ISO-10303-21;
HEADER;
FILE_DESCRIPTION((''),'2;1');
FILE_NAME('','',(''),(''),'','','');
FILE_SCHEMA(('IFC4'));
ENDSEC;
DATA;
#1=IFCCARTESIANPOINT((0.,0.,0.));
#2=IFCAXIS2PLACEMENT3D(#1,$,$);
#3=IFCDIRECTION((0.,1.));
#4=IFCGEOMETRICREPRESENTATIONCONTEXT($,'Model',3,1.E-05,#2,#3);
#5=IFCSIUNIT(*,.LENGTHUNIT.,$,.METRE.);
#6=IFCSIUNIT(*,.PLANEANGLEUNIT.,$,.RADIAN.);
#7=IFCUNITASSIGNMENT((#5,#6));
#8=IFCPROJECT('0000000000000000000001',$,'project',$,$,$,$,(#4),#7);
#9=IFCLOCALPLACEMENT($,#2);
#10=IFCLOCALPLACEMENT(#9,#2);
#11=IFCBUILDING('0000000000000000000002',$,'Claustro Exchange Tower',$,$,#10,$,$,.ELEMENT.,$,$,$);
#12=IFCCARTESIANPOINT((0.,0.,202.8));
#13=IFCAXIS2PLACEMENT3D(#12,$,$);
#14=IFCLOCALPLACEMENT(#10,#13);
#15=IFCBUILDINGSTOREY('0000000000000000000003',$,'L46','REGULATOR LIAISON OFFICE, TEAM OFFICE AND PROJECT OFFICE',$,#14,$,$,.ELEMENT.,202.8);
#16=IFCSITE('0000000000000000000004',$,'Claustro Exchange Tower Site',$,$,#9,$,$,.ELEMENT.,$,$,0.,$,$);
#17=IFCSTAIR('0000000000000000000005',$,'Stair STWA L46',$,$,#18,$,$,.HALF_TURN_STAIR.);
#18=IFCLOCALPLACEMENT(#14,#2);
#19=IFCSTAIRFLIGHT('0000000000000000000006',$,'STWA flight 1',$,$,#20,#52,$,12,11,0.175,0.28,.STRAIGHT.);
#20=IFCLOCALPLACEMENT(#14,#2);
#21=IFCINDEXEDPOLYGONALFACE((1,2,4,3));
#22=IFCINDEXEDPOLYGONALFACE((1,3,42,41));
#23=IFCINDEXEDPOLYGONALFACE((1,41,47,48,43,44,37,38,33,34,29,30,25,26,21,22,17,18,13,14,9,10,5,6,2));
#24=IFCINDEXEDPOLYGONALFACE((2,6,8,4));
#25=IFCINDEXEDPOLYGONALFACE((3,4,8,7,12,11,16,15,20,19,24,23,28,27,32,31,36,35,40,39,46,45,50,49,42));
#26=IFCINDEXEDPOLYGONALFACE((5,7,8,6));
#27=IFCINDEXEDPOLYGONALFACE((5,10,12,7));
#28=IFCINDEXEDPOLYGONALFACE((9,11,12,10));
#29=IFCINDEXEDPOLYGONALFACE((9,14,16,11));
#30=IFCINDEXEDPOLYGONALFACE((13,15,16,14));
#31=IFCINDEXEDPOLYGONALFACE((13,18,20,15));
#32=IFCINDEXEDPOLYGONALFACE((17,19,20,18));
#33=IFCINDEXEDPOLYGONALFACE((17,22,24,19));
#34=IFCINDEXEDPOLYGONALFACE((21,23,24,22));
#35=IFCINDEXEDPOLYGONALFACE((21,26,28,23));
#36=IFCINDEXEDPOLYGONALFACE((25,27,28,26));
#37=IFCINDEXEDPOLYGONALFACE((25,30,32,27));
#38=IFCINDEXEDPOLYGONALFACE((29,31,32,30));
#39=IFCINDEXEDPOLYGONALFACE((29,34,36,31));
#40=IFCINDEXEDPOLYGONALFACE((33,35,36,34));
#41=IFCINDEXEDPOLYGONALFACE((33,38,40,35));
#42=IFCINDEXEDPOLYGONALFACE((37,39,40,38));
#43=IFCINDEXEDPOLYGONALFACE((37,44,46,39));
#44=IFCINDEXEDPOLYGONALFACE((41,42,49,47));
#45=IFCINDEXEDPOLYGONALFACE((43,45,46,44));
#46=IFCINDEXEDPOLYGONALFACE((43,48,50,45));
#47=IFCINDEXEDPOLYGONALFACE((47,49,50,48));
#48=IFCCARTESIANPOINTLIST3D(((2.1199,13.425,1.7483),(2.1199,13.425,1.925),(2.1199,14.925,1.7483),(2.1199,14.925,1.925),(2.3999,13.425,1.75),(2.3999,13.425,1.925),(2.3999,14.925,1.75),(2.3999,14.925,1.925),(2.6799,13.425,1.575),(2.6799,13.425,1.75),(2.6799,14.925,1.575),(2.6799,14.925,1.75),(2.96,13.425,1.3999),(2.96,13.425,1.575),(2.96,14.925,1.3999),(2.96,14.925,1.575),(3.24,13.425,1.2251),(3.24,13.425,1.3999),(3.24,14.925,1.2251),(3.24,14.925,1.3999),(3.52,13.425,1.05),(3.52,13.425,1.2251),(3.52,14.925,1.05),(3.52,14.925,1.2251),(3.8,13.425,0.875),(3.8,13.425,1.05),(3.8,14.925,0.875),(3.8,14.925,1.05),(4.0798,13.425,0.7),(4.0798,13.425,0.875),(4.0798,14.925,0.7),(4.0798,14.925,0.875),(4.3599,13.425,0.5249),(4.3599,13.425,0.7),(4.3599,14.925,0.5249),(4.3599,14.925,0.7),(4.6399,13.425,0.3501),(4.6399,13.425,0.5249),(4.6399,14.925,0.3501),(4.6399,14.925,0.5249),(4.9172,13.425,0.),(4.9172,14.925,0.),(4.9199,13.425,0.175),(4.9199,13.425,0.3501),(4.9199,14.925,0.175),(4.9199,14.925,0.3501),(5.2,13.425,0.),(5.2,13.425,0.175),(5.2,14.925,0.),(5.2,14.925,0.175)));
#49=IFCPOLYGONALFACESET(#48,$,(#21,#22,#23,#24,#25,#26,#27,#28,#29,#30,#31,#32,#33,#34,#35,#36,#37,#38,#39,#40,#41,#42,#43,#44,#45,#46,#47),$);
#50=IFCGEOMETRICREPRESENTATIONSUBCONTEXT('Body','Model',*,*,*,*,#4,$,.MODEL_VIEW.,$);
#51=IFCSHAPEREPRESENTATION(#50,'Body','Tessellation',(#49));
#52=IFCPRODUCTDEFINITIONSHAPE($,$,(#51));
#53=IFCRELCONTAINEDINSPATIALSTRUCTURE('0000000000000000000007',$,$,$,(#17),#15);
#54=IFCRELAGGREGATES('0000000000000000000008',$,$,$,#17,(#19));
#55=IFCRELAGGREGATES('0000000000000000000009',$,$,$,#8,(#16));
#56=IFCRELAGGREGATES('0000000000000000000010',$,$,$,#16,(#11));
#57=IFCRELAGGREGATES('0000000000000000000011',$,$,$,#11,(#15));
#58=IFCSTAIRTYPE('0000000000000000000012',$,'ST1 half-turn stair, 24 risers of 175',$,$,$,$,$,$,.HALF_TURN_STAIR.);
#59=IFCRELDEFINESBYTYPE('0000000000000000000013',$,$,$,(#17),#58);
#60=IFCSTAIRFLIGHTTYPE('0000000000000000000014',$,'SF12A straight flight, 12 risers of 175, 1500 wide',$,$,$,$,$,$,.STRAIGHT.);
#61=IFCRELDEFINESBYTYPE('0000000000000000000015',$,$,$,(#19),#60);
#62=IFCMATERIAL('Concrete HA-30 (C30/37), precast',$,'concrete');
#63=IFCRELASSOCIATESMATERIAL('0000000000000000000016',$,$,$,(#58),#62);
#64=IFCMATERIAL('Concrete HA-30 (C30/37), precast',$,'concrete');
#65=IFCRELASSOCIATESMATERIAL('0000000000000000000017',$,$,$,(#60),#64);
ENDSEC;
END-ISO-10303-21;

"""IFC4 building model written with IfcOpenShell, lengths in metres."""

from ifc_helpers import new_model, si_unit, direction, frame, origin, place, context, subcontext, project, spatial, polyline, outline, extrude, material, type_object, element, aggregate, save


model = new_model("IFC4")

# Units and contexts
model_context = context("Model", 3, precision=1e-05, world=origin(), true_north=direction((0.0, 1.0)))
body_context = subcontext(model_context, "Body", "Model", "MODEL_VIEW")
ifc_project = project(units=[si_unit("LENGTHUNIT", "METRE"), si_unit("PLANEANGLEUNIT", "RADIAN")], contexts=[model_context])

# Site, building, storey
site_placement = place(None, origin())
site = spatial("IfcSite", under=ifc_project, at=site_placement, Name="Claustro Exchange Tower Site", CompositionType="ELEMENT", RefElevation=0.0)
building_placement = place(site_placement, origin())
building = spatial("IfcBuilding", under=site, at=building_placement, Name="Claustro Exchange Tower", CompositionType="ELEMENT")
storey_placement = place(building_placement, frame((0.0, 0.0, 202.8)))
storey = spatial("IfcBuildingStorey", under=building, at=storey_placement, Name="L46", Description="REGULATOR LIAISON OFFICE, TEAM OFFICE AND PROJECT OFFICE", CompositionType="ELEMENT", Elevation=202.8)

# Stair, stair flight
ifc_material_1 = material(Name="Concrete HA-30 (C30/37), precast", Category="concrete")
stair_type = type_object("IfcStairType", Name="ST1 half-turn stair, 24 risers of 175", PredefinedType="HALF_TURN_STAIR", material=ifc_material_1)
stair_placement = place(storey_placement, origin())
stair = element("IfcStair", 1, at=stair_placement, inside=storey, type_object=stair_type, Name="Stair STWA L46", PredefinedType="HALF_TURN_STAIR")
ifc_material_2 = material(Name="Concrete HA-30 (C30/37), precast", Category="concrete")
stair_flight_type = type_object("IfcStairFlightType", Name="SF12A straight flight, 12 risers of 175, 1500 wide", PredefinedType="STRAIGHT", material=ifc_material_2)
stair_flight_placement = place(storey_placement, frame((5.2, 14.175, 0.0), z_axis=(0.0, 0.0, 1.0), x_axis=(-1.0, 0.0, 0.0)))
stair_flight = element("IfcStairFlight", 2, at=stair_flight_placement, type_object=stair_flight_type, Name="STWA flight 1", NumberOfRisers=12, NumberOfTreads=11, PredefinedType="STRAIGHT", RiserHeight=0.175, TreadLength=0.28, context=body_context, shape_type="SweptSolid", body=[
    extrude(outline(polyline([(0.0, 0.0), (0.0, 0.175), (0.28, 0.175), (0.28, 0.3501), (0.5601, 0.3501), (0.5601, 0.5249), (0.8401, 0.5249), (0.8401, 0.7), (1.1201, 0.7), (1.1201, 0.875), (1.3999, 0.875), (1.3999, 1.05), (1.6799, 1.05), (1.6799, 1.2251), (1.96, 1.2251), (1.96, 1.3999), (2.24, 1.3999), (2.24, 1.575), (2.52, 1.575), (2.52, 1.75), (2.8, 1.75), (2.8, 1.925), (3.0801, 1.925), (3.0801, 2.1001), (3.0801, 1.7483), (0.2827, 0.0), (0.0, 0.0)])), frame((0.0, 0.75, 0.0), z_axis=(0.0, -1.0, 0.0), x_axis=(1.0, 0.0, 0.0)), (0.0, 0.0, 1.0), 1.5),
])
aggregate(stair, [stair_flight])

save(model, "model.ifc")
